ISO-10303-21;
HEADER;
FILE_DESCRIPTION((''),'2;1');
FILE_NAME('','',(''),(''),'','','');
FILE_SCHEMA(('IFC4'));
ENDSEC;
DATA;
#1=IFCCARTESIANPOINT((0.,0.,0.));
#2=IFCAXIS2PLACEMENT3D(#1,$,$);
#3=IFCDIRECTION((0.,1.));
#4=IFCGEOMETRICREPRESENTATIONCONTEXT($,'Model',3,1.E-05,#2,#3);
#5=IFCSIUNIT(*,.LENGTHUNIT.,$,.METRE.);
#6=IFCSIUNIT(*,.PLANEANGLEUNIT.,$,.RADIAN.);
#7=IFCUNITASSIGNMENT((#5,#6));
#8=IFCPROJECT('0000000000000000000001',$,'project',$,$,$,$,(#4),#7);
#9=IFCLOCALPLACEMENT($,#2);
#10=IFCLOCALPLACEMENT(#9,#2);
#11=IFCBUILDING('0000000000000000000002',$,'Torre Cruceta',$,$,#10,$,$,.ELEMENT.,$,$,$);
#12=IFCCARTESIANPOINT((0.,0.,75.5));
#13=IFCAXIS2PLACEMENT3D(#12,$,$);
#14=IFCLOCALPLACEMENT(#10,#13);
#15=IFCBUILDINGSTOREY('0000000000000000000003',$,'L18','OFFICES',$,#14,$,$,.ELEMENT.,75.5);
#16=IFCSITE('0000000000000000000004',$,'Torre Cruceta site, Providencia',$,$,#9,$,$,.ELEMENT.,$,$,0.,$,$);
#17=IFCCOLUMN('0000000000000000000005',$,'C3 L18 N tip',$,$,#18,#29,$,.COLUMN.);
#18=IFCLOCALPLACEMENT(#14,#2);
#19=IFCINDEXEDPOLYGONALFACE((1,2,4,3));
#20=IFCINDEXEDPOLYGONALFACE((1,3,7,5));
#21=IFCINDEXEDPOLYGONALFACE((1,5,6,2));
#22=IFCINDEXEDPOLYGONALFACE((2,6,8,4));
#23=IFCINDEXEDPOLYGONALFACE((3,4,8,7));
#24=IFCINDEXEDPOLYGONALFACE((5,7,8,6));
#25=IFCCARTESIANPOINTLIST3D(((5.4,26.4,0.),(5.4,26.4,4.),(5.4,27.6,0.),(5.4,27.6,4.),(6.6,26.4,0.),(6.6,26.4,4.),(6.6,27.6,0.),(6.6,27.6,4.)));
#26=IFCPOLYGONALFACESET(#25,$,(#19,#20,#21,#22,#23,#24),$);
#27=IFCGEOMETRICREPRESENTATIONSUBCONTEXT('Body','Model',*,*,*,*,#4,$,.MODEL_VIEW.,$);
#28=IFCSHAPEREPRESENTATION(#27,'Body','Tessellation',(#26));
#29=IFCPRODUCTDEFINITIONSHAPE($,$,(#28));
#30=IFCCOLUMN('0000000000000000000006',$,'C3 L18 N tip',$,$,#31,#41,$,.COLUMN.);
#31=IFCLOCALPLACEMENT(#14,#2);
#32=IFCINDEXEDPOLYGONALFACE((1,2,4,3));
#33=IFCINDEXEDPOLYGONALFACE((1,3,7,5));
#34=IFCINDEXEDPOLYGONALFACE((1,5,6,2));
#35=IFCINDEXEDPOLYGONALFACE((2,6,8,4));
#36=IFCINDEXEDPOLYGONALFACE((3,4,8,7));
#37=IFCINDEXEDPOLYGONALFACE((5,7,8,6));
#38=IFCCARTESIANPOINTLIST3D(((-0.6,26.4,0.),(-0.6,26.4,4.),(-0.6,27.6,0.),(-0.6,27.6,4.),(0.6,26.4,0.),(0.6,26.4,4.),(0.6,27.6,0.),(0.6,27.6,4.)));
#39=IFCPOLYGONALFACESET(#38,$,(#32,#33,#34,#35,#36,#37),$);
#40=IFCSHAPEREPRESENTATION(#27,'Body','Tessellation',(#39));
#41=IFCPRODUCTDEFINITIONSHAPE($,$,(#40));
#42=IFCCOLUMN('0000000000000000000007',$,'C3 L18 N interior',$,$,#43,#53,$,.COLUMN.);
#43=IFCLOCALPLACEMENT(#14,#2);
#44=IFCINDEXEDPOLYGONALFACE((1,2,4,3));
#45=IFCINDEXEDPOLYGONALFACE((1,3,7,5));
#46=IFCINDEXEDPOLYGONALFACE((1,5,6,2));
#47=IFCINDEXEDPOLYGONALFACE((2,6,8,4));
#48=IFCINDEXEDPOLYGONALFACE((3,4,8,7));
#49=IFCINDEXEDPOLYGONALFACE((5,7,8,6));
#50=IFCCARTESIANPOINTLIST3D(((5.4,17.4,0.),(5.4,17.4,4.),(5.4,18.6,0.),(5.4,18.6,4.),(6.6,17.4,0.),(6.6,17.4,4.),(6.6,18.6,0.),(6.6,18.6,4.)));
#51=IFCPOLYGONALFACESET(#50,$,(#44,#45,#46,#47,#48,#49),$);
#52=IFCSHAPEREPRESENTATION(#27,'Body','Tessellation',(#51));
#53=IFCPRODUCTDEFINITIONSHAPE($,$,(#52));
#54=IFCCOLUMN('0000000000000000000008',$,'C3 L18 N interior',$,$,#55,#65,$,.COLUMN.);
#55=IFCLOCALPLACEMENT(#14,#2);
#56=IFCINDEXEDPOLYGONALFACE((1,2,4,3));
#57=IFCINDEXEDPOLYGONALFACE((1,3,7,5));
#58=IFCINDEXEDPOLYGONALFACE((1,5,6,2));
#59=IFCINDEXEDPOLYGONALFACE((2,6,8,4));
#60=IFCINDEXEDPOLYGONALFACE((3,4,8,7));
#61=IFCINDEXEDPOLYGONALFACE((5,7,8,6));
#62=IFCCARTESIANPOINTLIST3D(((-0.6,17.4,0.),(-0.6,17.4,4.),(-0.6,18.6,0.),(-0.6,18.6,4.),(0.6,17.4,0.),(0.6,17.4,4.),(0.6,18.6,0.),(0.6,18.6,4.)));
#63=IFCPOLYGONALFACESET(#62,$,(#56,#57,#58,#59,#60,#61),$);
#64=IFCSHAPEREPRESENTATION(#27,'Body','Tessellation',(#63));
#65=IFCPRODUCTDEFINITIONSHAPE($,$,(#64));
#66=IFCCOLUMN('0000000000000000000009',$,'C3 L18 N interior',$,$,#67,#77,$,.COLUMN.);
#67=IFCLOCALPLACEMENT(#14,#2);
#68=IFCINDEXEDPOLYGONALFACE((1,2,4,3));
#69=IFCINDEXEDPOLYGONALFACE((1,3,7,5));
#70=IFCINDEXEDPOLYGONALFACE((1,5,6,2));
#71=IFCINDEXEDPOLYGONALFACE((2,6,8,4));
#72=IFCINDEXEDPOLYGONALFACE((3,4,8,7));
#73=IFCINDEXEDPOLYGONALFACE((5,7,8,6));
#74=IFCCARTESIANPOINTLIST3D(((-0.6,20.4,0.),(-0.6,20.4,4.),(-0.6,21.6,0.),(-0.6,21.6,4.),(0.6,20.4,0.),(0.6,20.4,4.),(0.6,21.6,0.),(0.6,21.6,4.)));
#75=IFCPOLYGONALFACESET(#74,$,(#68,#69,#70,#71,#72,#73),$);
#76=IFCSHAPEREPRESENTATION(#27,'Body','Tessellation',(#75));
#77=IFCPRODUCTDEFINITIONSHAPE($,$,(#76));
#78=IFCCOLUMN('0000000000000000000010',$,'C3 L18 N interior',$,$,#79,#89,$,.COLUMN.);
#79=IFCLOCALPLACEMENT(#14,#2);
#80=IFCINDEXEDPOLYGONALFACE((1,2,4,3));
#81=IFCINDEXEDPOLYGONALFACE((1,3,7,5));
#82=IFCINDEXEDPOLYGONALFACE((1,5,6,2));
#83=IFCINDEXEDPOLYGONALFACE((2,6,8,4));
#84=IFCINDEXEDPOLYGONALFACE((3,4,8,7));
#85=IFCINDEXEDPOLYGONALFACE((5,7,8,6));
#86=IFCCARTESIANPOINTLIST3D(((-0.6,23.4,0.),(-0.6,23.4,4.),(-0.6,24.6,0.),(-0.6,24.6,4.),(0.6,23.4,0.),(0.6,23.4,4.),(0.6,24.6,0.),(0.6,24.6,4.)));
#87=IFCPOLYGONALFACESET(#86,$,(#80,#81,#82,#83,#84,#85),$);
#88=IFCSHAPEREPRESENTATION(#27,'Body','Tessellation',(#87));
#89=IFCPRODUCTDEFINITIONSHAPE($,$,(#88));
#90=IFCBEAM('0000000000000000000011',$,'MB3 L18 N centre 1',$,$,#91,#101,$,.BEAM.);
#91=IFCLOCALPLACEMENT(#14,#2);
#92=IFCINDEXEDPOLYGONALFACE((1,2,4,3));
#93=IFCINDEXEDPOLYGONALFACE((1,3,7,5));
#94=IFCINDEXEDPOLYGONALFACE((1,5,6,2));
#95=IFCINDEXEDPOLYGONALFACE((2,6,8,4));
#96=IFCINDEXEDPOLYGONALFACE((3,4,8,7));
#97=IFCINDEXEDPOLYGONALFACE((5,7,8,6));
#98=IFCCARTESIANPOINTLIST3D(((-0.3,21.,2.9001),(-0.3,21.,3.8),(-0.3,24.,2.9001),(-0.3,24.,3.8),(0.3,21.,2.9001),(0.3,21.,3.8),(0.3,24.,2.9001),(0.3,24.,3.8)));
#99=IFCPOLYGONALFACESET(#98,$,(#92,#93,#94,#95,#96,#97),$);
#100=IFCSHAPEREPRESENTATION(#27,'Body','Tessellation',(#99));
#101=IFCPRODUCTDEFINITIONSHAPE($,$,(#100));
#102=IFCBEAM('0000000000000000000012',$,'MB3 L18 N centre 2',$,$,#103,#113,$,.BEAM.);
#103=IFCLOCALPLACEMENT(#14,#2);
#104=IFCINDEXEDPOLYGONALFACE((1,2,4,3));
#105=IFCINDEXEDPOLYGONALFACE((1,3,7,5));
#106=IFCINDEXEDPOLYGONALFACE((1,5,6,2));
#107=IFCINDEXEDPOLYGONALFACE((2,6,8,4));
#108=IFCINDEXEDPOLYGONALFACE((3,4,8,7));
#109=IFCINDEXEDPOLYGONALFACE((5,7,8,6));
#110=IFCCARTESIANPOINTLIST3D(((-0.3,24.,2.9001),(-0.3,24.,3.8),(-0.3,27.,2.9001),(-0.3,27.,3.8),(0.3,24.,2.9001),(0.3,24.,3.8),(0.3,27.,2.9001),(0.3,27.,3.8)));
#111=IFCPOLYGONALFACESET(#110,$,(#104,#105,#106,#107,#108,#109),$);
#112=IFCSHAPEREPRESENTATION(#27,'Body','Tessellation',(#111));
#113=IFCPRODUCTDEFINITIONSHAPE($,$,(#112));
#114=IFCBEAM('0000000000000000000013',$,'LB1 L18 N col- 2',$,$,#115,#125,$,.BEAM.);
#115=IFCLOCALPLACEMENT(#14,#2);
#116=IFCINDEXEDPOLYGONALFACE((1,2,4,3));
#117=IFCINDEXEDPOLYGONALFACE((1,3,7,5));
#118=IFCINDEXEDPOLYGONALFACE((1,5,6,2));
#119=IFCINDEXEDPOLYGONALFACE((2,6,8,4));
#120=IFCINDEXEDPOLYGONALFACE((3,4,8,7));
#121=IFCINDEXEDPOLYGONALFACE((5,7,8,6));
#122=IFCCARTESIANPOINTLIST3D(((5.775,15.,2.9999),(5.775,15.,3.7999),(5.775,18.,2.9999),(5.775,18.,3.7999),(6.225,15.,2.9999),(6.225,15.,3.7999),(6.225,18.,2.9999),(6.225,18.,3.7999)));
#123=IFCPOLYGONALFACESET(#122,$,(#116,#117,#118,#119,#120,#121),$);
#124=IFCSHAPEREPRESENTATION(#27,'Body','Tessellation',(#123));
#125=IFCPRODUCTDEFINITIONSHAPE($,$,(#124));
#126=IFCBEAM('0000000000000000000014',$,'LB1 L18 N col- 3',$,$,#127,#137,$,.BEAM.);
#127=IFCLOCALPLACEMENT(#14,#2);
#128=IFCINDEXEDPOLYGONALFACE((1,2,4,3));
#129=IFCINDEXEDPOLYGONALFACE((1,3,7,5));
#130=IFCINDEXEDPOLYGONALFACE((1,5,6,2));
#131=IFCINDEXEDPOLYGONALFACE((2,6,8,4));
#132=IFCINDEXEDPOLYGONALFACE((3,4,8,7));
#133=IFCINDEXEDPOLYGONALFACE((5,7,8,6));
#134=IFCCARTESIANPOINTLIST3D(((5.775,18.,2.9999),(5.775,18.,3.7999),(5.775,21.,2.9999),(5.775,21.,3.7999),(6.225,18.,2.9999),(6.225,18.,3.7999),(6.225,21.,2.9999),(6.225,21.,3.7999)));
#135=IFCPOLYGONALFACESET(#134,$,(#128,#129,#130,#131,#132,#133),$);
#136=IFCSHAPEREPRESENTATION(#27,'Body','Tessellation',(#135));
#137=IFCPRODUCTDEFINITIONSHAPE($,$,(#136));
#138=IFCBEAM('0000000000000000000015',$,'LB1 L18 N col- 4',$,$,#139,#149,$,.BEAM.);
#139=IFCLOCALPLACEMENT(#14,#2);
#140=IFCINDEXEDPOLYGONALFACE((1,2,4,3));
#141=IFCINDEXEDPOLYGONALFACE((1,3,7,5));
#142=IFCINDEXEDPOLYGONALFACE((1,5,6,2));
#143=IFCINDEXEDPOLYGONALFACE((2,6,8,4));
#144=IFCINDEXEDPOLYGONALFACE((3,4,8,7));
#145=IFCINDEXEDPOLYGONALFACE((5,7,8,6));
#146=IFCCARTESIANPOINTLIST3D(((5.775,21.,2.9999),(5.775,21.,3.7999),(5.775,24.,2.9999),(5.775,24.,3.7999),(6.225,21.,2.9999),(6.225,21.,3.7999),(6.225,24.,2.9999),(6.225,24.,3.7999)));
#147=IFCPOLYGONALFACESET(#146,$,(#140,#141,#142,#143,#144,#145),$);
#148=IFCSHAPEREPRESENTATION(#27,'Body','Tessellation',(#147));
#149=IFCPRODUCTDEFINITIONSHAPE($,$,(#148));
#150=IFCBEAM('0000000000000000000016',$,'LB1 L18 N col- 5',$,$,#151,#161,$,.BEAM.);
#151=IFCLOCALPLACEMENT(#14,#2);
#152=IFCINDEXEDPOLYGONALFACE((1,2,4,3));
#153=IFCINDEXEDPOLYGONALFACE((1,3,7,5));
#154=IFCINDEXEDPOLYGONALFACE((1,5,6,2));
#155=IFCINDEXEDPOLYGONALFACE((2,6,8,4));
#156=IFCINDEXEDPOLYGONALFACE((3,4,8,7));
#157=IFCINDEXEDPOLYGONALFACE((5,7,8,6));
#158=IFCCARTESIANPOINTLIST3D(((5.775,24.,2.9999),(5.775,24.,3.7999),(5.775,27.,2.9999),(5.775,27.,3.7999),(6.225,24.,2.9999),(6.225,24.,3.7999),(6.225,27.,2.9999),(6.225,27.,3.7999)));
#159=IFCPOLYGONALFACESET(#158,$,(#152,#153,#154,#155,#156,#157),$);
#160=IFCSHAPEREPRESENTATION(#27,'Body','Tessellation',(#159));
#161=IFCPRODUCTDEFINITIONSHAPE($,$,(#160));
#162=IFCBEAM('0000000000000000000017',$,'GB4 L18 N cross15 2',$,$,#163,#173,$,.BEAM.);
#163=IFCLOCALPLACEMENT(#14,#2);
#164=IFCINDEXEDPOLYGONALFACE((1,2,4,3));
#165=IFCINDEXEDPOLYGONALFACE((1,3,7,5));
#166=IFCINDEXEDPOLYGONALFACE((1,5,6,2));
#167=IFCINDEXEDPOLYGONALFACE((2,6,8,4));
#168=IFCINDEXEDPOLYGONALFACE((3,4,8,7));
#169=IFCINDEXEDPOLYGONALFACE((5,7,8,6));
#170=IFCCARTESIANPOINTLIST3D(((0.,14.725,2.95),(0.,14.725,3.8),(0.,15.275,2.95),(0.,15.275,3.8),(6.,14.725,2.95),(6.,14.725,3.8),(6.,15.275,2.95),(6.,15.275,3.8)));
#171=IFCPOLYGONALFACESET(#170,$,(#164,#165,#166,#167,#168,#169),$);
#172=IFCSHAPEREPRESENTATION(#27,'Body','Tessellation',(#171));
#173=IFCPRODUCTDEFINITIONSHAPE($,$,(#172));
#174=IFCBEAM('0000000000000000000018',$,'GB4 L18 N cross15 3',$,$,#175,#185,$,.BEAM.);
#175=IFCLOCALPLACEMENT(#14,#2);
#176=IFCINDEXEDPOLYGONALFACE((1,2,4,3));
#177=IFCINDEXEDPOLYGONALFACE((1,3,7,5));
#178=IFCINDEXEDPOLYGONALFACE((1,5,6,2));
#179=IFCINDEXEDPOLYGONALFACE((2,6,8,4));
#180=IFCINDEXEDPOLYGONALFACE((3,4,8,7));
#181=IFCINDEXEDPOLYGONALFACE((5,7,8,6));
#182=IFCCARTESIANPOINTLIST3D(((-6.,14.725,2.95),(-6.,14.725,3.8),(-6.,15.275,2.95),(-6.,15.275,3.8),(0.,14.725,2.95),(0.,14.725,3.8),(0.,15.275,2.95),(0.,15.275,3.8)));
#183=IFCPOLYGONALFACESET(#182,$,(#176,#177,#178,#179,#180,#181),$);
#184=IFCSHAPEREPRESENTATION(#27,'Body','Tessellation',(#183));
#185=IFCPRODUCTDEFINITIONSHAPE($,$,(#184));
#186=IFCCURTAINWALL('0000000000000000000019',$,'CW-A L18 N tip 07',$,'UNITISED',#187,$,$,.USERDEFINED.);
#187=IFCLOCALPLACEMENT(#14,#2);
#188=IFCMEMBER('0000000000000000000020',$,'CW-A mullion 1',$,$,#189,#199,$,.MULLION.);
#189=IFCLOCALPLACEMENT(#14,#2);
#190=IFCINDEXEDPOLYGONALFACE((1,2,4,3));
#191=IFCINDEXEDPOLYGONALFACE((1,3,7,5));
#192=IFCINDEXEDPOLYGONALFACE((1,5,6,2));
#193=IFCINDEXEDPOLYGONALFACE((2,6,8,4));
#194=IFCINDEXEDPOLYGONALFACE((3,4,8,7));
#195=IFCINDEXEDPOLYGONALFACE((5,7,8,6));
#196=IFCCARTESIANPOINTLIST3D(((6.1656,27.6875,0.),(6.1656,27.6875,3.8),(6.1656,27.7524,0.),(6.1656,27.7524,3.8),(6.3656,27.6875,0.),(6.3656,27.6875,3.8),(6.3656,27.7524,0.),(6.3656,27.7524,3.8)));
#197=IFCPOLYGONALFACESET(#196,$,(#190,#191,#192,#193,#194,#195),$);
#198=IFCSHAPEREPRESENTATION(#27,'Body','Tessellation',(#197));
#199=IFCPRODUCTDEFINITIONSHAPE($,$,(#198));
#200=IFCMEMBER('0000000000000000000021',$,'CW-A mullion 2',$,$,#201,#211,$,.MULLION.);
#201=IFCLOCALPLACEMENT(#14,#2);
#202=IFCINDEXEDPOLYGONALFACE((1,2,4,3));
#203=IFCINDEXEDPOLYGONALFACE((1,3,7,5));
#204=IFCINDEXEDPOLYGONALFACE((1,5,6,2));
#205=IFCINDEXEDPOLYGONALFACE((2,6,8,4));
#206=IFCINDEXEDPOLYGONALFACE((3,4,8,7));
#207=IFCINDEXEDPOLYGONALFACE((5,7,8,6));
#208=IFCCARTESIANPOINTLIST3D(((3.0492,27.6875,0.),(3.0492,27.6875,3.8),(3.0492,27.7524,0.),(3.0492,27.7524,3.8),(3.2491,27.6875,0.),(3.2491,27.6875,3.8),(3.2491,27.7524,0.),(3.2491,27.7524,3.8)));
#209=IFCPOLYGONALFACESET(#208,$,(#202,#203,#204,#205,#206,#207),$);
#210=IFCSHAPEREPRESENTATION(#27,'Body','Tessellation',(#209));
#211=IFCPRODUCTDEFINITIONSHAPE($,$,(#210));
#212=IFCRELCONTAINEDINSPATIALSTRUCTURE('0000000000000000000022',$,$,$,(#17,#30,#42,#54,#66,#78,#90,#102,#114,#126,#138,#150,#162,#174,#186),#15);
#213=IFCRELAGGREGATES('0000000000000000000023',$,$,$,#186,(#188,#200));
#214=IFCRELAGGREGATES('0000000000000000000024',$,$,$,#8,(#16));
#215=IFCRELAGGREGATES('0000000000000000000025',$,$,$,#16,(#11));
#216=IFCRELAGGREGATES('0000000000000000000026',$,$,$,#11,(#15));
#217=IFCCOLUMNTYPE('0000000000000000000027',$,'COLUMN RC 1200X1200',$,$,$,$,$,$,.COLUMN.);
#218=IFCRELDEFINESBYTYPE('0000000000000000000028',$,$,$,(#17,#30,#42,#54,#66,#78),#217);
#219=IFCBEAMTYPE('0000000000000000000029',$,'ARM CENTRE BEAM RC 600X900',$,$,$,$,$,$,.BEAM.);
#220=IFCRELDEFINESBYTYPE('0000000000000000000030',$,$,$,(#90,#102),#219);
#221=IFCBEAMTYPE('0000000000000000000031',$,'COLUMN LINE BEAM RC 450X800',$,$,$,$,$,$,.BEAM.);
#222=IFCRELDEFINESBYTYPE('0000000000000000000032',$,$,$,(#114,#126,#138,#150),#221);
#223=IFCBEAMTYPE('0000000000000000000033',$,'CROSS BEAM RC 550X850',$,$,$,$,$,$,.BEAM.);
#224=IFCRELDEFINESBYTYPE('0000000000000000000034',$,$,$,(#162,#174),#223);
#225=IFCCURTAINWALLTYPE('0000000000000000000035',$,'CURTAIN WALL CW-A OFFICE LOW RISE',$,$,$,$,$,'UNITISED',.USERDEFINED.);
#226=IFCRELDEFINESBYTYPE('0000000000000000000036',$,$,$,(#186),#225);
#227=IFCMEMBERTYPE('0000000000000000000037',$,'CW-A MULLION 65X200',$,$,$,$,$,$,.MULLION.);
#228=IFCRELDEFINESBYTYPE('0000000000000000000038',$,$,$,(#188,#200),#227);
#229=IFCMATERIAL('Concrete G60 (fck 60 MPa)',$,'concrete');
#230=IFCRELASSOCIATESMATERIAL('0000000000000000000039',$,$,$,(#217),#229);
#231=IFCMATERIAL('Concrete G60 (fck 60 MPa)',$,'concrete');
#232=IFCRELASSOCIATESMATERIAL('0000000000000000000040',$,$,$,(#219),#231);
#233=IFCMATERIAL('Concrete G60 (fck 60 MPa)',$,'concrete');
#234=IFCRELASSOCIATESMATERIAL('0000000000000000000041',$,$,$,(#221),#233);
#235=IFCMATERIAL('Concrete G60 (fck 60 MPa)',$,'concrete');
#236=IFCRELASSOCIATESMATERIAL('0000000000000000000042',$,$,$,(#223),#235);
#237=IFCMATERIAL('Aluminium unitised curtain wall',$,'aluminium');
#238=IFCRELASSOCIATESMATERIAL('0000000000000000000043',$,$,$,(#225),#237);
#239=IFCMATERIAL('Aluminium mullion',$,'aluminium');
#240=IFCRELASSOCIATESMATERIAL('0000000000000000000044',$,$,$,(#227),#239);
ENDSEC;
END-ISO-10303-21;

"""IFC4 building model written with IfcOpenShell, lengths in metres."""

from ifc_helpers import new_model, si_unit, direction, frame, origin, origin_2d, place, context, subcontext, project, spatial, rectangle, extrude, material, material_profile, profile_set, type_object, element, aggregate, save


model = new_model("IFC4")

# Units and contexts
model_context = context("Model", 3, precision=1e-05, world=origin(), true_north=direction((0.0, 1.0)))
body_context = subcontext(model_context, "Body", "Model", "MODEL_VIEW")
ifc_project = project(units=[si_unit("LENGTHUNIT", "METRE"), si_unit("PLANEANGLEUNIT", "RADIAN")], contexts=[model_context])

# Site, building, storey
site_placement = place(None, origin())
site = spatial("IfcSite", under=ifc_project, at=site_placement, Name="Torre Cruceta site, Providencia", CompositionType="ELEMENT", RefElevation=0.0)
building_placement = place(site_placement, origin())
building = spatial("IfcBuilding", under=site, at=building_placement, Name="Torre Cruceta", CompositionType="ELEMENT")
storey_placement = place(building_placement, frame((0.0, 0.0, 75.5)))
storey = spatial("IfcBuildingStorey", under=building, at=storey_placement, Name="L18", Description="OFFICES", CompositionType="ELEMENT", Elevation=75.5)

# Columns
ifc_material_1 = material(Name="Concrete G60 (fck 60 MPa)", Category="concrete")
ifc_material_profile_1 = material_profile(ifc_material_1, rectangle(XDim=1.2, YDim=1.2, at=origin_2d()), Name="RC 1200X1200")
ifc_profile_set_1 = profile_set([ifc_material_profile_1], Name="Concrete G60 (fck 60 MPa)")
column_type = type_object("IfcColumnType", Name="COLUMN RC 1200X1200", PredefinedType="COLUMN", material=ifc_profile_set_1)
for number, where, z_axis, x_axis, name in (
    (1, (6.0, 27.0, 0.0), (0.0, 0.0, 1.0), (1.0, 0.0, 0.0), "C3 L18 N tip"),
    (2, (0.0, 27.0, 0.0), (0.0, 0.0, 1.0), (1.0, 0.0, 0.0), "C3 L18 N tip"),
    (3, (6.0, 18.0, 0.0), (0.0, 0.0, 1.0), (1.0, 0.0, 0.0), "C3 L18 N interior"),
    (4, (0.0, 18.0, 0.0), (0.0, 0.0, 1.0), (1.0, 0.0, 0.0), "C3 L18 N interior"),
    (5, (0.0, 21.0, 0.0), (0.0, 0.0, 1.0), (1.0, 0.0, 0.0), "C3 L18 N interior"),
    (6, (0.0, 24.0, 0.0), (0.0, 0.0, 1.0), (1.0, 0.0, 0.0), "C3 L18 N interior"),
):
    element("IfcColumn", number, at=place(storey_placement, frame(where, z_axis=z_axis, x_axis=x_axis)), inside=storey, type_object=column_type, Name=name, PredefinedType="COLUMN", context=body_context, shape_type="SweptSolid", body=[
        extrude(rectangle(XDim=1.2, YDim=1.2, at=origin_2d()), origin(), (0.0, 0.0, 1.0), 4.0),
    ])

# Beams
ifc_material_2 = material(Name="Concrete G60 (fck 60 MPa)", Category="concrete")
ifc_material_profile_2 = material_profile(ifc_material_2, rectangle(XDim=0.6001, YDim=0.8999, at=origin_2d()), Name="RC 600X900")
ifc_profile_set_2 = profile_set([ifc_material_profile_2], Name="Concrete G60 (fck 60 MPa)")
beam_type_1 = type_object("IfcBeamType", Name="ARM CENTRE BEAM RC 600X900", PredefinedType="BEAM", material=ifc_profile_set_2)
for number, where, z_axis, x_axis, name in (
    (7, (0.0, 21.0, 3.3501), (0.0, 1.0, 0.0), (-1.0, 0.0, 0.0), "MB3 L18 N centre 1"),
    (8, (0.0, 24.0, 3.3501), (0.0, 1.0, 0.0), (-1.0, 0.0, 0.0), "MB3 L18 N centre 2"),
):
    element("IfcBeam", number, at=place(storey_placement, frame(where, z_axis=z_axis, x_axis=x_axis)), inside=storey, type_object=beam_type_1, Name=name, PredefinedType="BEAM", context=body_context, shape_type="SweptSolid", body=[
        extrude(rectangle(XDim=0.6001, YDim=0.8999, at=origin_2d()), origin(), (0.0, 0.0, 1.0), 3.0),
    ])
ifc_material_3 = material(Name="Concrete G60 (fck 60 MPa)", Category="concrete")
ifc_material_profile_3 = material_profile(ifc_material_3, rectangle(XDim=0.45, YDim=0.8, at=origin_2d()), Name="RC 450X800")
ifc_profile_set_3 = profile_set([ifc_material_profile_3], Name="Concrete G60 (fck 60 MPa)")
beam_type_2 = type_object("IfcBeamType", Name="COLUMN LINE BEAM RC 450X800", PredefinedType="BEAM", material=ifc_profile_set_3)
for number, where, z_axis, x_axis, name in (
    (9, (6.0, 15.0, 3.3999), (0.0, 1.0, 0.0), (-1.0, 0.0, 0.0), "LB1 L18 N col- 2"),
    (10, (6.0, 18.0, 3.3999), (0.0, 1.0, 0.0), (-1.0, 0.0, 0.0), "LB1 L18 N col- 3"),
    (11, (6.0, 21.0, 3.3999), (0.0, 1.0, 0.0), (-1.0, 0.0, 0.0), "LB1 L18 N col- 4"),
    (12, (6.0, 24.0, 3.3999), (0.0, 1.0, 0.0), (-1.0, 0.0, 0.0), "LB1 L18 N col- 5"),
):
    element("IfcBeam", number, at=place(storey_placement, frame(where, z_axis=z_axis, x_axis=x_axis)), inside=storey, type_object=beam_type_2, Name=name, PredefinedType="BEAM", context=body_context, shape_type="SweptSolid", body=[
        extrude(rectangle(XDim=0.45, YDim=0.8, at=origin_2d()), origin(), (0.0, 0.0, 1.0), 3.0),
    ])
ifc_material_4 = material(Name="Concrete G60 (fck 60 MPa)", Category="concrete")
ifc_material_profile_4 = material_profile(ifc_material_4, rectangle(XDim=0.55, YDim=0.8501, at=origin_2d()), Name="RC 550X850")
ifc_profile_set_4 = profile_set([ifc_material_profile_4], Name="Concrete G60 (fck 60 MPa)")
beam_type_3 = type_object("IfcBeamType", Name="CROSS BEAM RC 550X850", PredefinedType="BEAM", material=ifc_profile_set_4)
for number, where, z_axis, x_axis, name in (
    (13, (6.0, 15.0, 3.375), (-1.0, 0.0, 0.0), (0.0, -1.0, 0.0), "GB4 L18 N cross15 2"),
    (14, (0.0, 15.0, 3.375), (-1.0, 0.0, 0.0), (0.0, -1.0, 0.0), "GB4 L18 N cross15 3"),
):
    element("IfcBeam", number, at=place(storey_placement, frame(where, z_axis=z_axis, x_axis=x_axis)), inside=storey, type_object=beam_type_3, Name=name, PredefinedType="BEAM", context=body_context, shape_type="SweptSolid", body=[
        extrude(rectangle(XDim=0.55, YDim=0.8501, at=origin_2d()), origin(), (0.0, 0.0, 1.0), 6.0),
    ])

# Curtain wall, members
ifc_material_5 = material(Name="Aluminium unitised curtain wall", Category="aluminium")
curtain_wall_type = type_object("IfcCurtainWallType", Name="CURTAIN WALL CW-A OFFICE LOW RISE", ElementType="UNITISED", PredefinedType="USERDEFINED", material=ifc_material_5)
curtain_wall_placement = place(storey_placement, origin())
curtain_wall = element("IfcCurtainWall", 15, at=curtain_wall_placement, inside=storey, type_object=curtain_wall_type, Name="CW-A L18 N tip 07", ObjectType="UNITISED", PredefinedType="USERDEFINED")
ifc_material_6 = material(Name="Aluminium mullion", Category="aluminium")
ifc_material_profile_5 = material_profile(ifc_material_6, rectangle(XDim=0.0649, YDim=0.2, at=origin_2d()), Name="AL 65X200")
ifc_profile_set_5 = profile_set([ifc_material_profile_5], Name="Aluminium mullion")
member_type_1 = type_object("IfcMemberType", Name="CW-A MULLION 65X200", PredefinedType="MULLION", material=ifc_profile_set_5)
member_1_placement = place(storey_placement, frame((6.2656, 27.72, 0.0), z_axis=(0.0, 0.0, 1.0), x_axis=(0.0, -1.0, 0.0)))
member_1 = element("IfcMember", 16, at=member_1_placement, type_object=member_type_1, Name="CW-A mullion 1", PredefinedType="MULLION", context=body_context, shape_type="SweptSolid", body=[
    extrude(rectangle(XDim=0.0649, YDim=0.2, at=origin_2d()), origin(), (0.0, 0.0, 1.0), 3.8),
])
member_2_placement = place(storey_placement, frame((3.1492, 27.72, 0.0), z_axis=(0.0, 0.0, 1.0), x_axis=(0.0, -1.0, 0.0)))
member_2 = element("IfcMember", 17, at=member_2_placement, type_object=member_type_1, Name="CW-A mullion 2", PredefinedType="MULLION", context=body_context, shape_type="SweptSolid", body=[
    extrude(rectangle(XDim=0.0649, YDim=0.2, at=origin_2d()), origin(), (0.0, 0.0, 1.0), 3.8),
])
aggregate(curtain_wall, [member_1, member_2])

save(model, "model.ifc")
